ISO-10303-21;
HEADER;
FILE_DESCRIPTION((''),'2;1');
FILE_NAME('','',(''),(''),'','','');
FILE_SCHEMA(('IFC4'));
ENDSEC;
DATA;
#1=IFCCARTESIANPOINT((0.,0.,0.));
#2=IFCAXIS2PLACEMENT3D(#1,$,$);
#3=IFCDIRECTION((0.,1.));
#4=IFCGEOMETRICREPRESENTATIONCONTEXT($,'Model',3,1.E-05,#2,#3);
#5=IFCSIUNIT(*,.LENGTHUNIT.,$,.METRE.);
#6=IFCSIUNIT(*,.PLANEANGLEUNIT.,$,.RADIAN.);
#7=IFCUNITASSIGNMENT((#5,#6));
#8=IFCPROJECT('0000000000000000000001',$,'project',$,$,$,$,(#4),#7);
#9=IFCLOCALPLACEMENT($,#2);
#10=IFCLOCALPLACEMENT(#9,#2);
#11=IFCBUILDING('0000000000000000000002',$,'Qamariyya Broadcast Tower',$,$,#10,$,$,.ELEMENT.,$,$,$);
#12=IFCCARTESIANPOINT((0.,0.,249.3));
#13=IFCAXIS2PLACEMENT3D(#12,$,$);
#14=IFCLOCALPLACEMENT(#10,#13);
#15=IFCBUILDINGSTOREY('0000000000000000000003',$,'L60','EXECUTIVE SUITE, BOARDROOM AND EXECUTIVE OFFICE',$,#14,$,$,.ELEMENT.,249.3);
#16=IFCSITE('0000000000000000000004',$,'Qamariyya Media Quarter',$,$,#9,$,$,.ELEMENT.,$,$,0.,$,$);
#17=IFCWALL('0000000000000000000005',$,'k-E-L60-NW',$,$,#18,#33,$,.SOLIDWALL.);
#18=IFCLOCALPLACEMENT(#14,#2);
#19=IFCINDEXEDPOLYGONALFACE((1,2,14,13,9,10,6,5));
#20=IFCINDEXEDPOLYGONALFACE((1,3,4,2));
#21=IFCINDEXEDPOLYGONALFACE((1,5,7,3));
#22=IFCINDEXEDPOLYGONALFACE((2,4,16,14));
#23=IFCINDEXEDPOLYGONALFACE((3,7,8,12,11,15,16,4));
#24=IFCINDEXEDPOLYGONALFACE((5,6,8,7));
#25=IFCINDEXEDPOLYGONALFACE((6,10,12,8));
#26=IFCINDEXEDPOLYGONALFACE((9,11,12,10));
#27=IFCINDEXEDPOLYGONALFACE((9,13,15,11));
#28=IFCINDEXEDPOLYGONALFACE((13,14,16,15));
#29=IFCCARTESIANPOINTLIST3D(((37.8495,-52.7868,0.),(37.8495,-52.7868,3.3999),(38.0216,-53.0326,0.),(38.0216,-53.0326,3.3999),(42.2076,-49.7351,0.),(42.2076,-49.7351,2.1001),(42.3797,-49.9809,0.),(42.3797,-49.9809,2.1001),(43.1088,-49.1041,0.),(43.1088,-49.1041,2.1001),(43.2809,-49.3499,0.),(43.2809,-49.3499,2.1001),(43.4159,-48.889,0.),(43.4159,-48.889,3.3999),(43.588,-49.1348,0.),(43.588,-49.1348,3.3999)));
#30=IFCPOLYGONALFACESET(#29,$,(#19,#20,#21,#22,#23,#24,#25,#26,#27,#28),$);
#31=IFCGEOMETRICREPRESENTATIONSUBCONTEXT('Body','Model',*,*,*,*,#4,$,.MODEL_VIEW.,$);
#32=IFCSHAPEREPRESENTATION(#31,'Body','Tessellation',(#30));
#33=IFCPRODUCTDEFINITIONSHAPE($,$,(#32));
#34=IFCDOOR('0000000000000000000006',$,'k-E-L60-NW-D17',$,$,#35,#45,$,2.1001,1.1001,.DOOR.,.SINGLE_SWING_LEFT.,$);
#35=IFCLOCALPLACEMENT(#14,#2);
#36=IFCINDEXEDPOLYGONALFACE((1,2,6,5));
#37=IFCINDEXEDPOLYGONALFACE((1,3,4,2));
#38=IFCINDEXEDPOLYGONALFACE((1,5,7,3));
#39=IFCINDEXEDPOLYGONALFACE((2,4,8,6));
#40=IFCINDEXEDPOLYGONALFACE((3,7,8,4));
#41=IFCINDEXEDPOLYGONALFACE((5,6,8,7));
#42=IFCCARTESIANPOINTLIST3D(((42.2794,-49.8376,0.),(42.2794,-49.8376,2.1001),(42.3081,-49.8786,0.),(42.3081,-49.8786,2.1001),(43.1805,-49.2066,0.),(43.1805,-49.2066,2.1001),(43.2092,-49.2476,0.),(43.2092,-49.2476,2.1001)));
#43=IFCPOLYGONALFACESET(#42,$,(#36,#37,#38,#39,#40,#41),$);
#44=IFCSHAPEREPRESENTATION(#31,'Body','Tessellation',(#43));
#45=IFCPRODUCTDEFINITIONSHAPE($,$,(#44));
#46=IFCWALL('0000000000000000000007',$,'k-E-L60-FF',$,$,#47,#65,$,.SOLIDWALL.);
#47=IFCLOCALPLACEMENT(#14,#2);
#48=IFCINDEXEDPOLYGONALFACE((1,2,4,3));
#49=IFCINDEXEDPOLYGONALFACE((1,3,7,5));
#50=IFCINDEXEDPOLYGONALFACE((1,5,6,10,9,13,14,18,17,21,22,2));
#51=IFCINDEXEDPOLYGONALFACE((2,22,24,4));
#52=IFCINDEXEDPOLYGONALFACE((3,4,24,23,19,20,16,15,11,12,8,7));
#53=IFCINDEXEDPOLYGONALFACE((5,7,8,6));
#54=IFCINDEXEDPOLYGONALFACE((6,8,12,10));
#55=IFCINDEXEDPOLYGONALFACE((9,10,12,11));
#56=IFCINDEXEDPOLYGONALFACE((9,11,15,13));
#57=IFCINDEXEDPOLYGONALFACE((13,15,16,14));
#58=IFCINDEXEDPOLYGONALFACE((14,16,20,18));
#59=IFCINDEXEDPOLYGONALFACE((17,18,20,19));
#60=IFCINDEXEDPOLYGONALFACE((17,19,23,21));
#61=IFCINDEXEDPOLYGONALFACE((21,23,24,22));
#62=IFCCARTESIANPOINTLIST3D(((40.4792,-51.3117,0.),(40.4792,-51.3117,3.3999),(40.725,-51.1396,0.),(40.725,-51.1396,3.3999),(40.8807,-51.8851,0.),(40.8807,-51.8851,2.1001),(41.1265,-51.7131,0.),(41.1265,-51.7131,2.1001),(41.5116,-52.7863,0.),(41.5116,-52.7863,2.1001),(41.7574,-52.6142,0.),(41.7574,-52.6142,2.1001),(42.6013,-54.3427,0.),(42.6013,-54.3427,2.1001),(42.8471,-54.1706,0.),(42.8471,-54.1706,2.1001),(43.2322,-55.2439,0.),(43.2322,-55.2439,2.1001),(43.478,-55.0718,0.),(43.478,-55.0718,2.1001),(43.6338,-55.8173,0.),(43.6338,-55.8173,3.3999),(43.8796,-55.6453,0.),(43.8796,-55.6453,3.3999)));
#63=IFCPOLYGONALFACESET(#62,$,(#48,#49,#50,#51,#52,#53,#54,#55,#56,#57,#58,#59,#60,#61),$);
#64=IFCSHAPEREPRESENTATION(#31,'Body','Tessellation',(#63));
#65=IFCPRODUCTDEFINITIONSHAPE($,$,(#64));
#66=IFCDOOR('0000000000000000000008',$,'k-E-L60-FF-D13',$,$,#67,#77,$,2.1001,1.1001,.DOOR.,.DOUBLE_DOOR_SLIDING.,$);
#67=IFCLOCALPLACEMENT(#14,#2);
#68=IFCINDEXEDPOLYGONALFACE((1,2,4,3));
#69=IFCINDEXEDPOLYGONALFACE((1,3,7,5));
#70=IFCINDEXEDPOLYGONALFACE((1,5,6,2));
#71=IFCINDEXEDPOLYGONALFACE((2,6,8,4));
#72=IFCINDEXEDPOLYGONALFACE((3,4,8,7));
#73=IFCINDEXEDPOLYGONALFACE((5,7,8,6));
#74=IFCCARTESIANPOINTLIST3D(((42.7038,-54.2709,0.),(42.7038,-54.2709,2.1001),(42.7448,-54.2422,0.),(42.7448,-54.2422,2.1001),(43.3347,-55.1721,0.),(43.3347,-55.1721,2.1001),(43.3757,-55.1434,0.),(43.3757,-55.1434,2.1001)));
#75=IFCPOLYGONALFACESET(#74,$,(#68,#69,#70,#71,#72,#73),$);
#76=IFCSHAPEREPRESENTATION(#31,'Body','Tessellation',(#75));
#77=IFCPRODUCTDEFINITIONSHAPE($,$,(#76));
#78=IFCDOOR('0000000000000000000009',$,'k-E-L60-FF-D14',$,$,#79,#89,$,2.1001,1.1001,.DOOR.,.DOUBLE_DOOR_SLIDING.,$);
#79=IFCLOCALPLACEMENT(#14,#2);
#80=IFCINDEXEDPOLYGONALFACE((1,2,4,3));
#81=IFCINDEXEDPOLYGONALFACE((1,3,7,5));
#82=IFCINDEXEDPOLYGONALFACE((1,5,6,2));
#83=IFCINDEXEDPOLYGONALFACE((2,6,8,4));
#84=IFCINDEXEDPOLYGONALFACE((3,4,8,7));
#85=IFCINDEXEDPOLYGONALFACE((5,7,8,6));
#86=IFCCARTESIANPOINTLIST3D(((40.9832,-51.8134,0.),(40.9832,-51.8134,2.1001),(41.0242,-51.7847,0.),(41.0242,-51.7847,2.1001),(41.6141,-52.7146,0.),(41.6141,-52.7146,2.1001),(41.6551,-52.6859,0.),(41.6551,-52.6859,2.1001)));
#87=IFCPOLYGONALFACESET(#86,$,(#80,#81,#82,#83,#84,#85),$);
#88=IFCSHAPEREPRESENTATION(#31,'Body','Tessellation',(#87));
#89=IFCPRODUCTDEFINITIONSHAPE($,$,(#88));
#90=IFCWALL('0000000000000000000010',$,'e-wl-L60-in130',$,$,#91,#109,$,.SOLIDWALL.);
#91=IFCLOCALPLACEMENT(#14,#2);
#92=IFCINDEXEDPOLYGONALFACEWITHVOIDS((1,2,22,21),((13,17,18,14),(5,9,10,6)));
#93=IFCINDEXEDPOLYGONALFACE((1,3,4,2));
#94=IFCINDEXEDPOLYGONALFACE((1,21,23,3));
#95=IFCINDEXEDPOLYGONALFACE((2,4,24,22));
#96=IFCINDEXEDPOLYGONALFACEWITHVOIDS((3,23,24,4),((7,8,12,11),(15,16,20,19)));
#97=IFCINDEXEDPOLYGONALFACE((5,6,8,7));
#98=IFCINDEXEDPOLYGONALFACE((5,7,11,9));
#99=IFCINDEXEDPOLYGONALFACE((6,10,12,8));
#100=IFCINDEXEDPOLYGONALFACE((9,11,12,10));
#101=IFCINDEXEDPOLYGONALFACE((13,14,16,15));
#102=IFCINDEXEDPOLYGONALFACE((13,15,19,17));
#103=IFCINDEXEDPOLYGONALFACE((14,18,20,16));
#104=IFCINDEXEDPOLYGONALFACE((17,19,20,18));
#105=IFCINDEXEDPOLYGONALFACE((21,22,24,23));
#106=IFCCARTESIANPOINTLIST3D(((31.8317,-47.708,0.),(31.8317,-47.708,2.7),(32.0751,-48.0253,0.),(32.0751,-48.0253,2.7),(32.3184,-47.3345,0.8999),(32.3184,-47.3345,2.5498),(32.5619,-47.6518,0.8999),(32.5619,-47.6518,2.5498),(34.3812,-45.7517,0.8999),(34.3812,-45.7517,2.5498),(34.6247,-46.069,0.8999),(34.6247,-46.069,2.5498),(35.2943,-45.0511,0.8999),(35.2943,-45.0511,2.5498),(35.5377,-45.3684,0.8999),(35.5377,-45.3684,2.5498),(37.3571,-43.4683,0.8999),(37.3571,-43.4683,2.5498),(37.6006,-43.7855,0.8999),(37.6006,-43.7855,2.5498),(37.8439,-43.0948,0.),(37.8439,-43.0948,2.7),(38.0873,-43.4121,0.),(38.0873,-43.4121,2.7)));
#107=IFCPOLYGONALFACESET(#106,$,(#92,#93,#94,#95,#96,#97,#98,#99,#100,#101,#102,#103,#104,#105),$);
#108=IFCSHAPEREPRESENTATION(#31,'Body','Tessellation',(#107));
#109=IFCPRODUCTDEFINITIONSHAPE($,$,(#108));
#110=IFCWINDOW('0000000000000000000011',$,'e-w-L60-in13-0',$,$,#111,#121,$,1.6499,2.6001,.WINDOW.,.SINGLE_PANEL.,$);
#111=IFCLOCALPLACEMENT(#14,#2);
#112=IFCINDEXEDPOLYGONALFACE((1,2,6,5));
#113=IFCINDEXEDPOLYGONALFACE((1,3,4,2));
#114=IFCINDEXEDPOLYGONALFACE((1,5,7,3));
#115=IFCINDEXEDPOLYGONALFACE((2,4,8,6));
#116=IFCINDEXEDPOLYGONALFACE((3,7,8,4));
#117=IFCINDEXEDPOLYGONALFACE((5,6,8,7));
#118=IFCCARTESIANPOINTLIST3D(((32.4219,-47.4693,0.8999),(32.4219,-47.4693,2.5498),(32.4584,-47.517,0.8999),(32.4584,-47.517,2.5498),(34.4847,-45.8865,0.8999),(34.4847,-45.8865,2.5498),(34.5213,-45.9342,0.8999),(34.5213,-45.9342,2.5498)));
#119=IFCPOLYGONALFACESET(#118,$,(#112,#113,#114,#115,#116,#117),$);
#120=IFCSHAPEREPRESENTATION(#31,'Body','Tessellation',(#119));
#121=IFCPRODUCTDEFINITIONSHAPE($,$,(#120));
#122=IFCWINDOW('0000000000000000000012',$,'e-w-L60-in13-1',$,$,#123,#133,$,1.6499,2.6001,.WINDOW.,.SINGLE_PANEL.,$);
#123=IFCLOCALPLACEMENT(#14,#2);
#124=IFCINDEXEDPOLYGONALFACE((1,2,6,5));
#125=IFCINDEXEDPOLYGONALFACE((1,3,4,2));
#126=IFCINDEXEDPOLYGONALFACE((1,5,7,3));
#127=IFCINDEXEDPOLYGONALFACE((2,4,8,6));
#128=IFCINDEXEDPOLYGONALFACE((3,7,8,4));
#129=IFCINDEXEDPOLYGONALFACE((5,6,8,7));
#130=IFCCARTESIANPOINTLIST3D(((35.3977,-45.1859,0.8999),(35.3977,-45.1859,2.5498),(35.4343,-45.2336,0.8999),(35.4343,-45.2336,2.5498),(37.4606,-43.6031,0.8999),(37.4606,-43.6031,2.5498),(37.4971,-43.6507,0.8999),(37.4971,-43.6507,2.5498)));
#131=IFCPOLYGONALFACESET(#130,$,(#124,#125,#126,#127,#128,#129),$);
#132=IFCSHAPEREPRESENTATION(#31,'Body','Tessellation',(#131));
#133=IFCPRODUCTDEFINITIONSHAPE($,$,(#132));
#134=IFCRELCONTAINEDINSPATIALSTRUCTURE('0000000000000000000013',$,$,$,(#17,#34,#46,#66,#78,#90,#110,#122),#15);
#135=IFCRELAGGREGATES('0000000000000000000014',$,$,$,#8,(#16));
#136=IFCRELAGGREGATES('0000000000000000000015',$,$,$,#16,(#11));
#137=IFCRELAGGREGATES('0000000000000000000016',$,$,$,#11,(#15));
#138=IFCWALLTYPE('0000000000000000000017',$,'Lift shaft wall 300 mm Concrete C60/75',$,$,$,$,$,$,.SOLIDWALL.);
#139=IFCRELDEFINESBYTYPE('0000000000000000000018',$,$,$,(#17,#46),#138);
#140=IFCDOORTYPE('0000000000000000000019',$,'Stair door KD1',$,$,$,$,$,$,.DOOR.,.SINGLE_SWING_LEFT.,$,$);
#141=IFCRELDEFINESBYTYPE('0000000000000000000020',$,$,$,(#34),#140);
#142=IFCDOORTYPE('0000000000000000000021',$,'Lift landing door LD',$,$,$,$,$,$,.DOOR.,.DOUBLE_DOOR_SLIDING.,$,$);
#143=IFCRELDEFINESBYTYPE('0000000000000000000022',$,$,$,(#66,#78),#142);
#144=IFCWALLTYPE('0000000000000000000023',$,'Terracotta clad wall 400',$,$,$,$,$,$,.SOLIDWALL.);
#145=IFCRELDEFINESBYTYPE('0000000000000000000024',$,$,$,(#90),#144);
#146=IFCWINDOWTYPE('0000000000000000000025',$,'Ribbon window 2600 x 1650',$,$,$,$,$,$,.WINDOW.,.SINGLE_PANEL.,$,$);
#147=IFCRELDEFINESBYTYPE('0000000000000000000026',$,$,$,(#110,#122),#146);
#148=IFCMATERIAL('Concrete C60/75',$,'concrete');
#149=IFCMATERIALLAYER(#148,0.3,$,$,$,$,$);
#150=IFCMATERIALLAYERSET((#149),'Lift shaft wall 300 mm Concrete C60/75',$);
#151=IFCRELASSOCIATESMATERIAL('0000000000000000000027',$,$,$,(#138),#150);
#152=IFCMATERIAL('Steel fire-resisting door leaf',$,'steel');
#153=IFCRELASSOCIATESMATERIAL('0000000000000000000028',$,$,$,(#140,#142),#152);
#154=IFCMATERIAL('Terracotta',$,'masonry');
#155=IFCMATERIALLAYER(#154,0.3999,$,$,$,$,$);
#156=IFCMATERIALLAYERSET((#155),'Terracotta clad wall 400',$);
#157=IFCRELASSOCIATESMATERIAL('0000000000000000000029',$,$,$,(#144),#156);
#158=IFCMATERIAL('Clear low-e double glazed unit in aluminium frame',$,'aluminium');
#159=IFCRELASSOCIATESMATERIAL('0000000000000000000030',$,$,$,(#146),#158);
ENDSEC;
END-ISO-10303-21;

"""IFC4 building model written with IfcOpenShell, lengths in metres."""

from ifc_helpers import new_model, si_unit, direction, frame, frame_2d, origin, place, context, subcontext, project, spatial, rectangle, extrude, material, layer, layer_set, type_object, element, fill, save


model = new_model("IFC4")

# Units and contexts
model_context = context("Model", 3, precision=1e-05, world=origin(), true_north=direction((0.0, 1.0)))
body_context = subcontext(model_context, "Body", "Model", "MODEL_VIEW")
ifc_project = project(units=[si_unit("LENGTHUNIT", "METRE"), si_unit("PLANEANGLEUNIT", "RADIAN")], contexts=[model_context])

# Site, building, storey
site_placement = place(None, origin())
site = spatial("IfcSite", under=ifc_project, at=site_placement, Name="Qamariyya Media Quarter", CompositionType="ELEMENT", RefElevation=0.0)
building_placement = place(site_placement, origin())
building = spatial("IfcBuilding", under=site, at=building_placement, Name="Qamariyya Broadcast Tower", CompositionType="ELEMENT")
storey_placement = place(building_placement, frame((0.0, 0.0, 249.3)))
storey = spatial("IfcBuildingStorey", under=building, at=storey_placement, Name="L60", Description="EXECUTIVE SUITE, BOARDROOM AND EXECUTIVE OFFICE", CompositionType="ELEMENT", Elevation=249.3)

# Shared definitions
ifc_material_1 = material(Name="Concrete C60/75", Category="concrete")

# Wall, opening, door
ifc_layer_1 = layer(ifc_material_1, 0.3)
ifc_layer_set_1 = layer_set([ifc_layer_1], Name="Lift shaft wall 300 mm Concrete C60/75")
wall_type_1 = type_object("IfcWallType", Name="Lift shaft wall 300 mm Concrete C60/75", PredefinedType="SOLIDWALL", material=ifc_layer_set_1)
wall_1_placement = place(storey_placement, frame((37.9355, -52.9097, 0.0), z_axis=(0.0, 0.0, 1.0), x_axis=(0.819148, 0.573583, 0.0)))
wall_1 = element("IfcWall", 1, at=wall_1_placement, inside=storey, type_object=wall_type_1, Name="k-E-L60-NW", PredefinedType="SOLIDWALL", context=body_context, shape_type="SweptSolid", body=[
    extrude(rectangle(XDim=6.7954, YDim=0.3, at=frame_2d((3.3977, 0.0))), origin(), (0.0, 0.0, 1.0), 3.3999),
])
opening_1_placement = place(wall_1_placement, frame((5.3203, 0.0, 0.0)))
opening_1 = element("IfcOpeningElement", 2, at=opening_1_placement, cuts=wall_1, PredefinedType="OPENING", context=body_context, shape_type="SweptSolid", body=[
    extrude(rectangle(XDim=1.1001, YDim=2.1001, at=frame_2d((0.55, 1.05))), frame((0.0, 0.1599, 0.0), z_axis=(0.0, -1.0, 0.0), x_axis=(1.0, 0.0, 0.0)), (0.0, 0.0, 1.0), 0.3201),
])
ifc_material_2 = material(Name="Steel fire-resisting door leaf", Category="steel")
door_type_1 = type_object("IfcDoorType", Name="Stair door KD1", OperationType="SINGLE_SWING_LEFT", PredefinedType="DOOR", material=ifc_material_2)
door_1_placement = place(opening_1_placement, origin())
door_1 = element("IfcDoor", 3, at=door_1_placement, inside=storey, type_object=door_type_1, Name="k-E-L60-NW-D17", OperationType="SINGLE_SWING_LEFT", OverallHeight=2.1001, OverallWidth=1.1001, PredefinedType="DOOR", context=body_context, shape_type="SweptSolid", body=[
    extrude(rectangle(XDim=1.1001, YDim=2.1001, at=frame_2d((0.55, 1.05))), frame((0.0, 0.0249, 0.0), z_axis=(0.0, -1.0, 0.0), x_axis=(1.0, 0.0, 0.0)), (0.0, 0.0, 1.0), 0.05),
])
fill(opening_1, door_1)

# Wall, openings, doors
wall_2_placement = place(storey_placement, frame((43.7566, -55.7312, 0.0), z_axis=(0.0, 0.0, 1.0), x_axis=(-0.573537, 0.81918, 0.0)))
wall_2 = element("IfcWall", 4, at=wall_2_placement, inside=storey, type_object=wall_type_1, Name="k-E-L60-FF", PredefinedType="SOLIDWALL", context=body_context, shape_type="SweptSolid", body=[
    extrude(rectangle(XDim=5.5002, YDim=0.3, at=frame_2d((2.75, 0.0))), origin(), (0.0, 0.0, 1.0), 3.3999),
])
opening_2_placement = place(wall_2_placement, frame((0.7, 0.0, 0.0)))
opening_2 = element("IfcOpeningElement", 5, at=opening_2_placement, cuts=wall_2, PredefinedType="OPENING", context=body_context, shape_type="SweptSolid", body=[
    extrude(rectangle(XDim=1.1001, YDim=2.1001, at=frame_2d((0.55, 1.05))), frame((0.0, 0.1599, 0.0), z_axis=(0.0, -1.0, 0.0), x_axis=(1.0, 0.0, 0.0)), (0.0, 0.0, 1.0), 0.3201),
])
opening_3_placement = place(wall_2_placement, frame((3.7, 0.0, 0.0)))
opening_3 = element("IfcOpeningElement", 6, at=opening_3_placement, cuts=wall_2, PredefinedType="OPENING", context=body_context, shape_type="SweptSolid", body=[
    extrude(rectangle(XDim=1.1001, YDim=2.1001, at=frame_2d((0.55, 1.05))), frame((0.0, 0.1599, 0.0), z_axis=(0.0, -1.0, 0.0), x_axis=(1.0, 0.0, 0.0)), (0.0, 0.0, 1.0), 0.3201),
])
door_type_2 = type_object("IfcDoorType", Name="Lift landing door LD", OperationType="DOUBLE_DOOR_SLIDING", PredefinedType="DOOR", material=ifc_material_2)
door_2_placement = place(opening_2_placement, origin())
door_2 = element("IfcDoor", 7, at=door_2_placement, inside=storey, type_object=door_type_2, Name="k-E-L60-FF-D13", OperationType="DOUBLE_DOOR_SLIDING", OverallHeight=2.1001, OverallWidth=1.1001, PredefinedType="DOOR", context=body_context, shape_type="SweptSolid", body=[
    extrude(rectangle(XDim=1.1001, YDim=2.1001, at=frame_2d((0.55, 1.05))), frame((0.0, 0.0249, 0.0), z_axis=(0.0, -1.0, 0.0), x_axis=(1.0, 0.0, 0.0)), (0.0, 0.0, 1.0), 0.05),
])
fill(opening_2, door_2)
door_3_placement = place(opening_3_placement, origin())
door_3 = element("IfcDoor", 8, at=door_3_placement, inside=storey, type_object=door_type_2, Name="k-E-L60-FF-D14", OperationType="DOUBLE_DOOR_SLIDING", OverallHeight=2.1001, OverallWidth=1.1001, PredefinedType="DOOR", context=body_context, shape_type="SweptSolid", body=[
    extrude(rectangle(XDim=1.1001, YDim=2.1001, at=frame_2d((0.55, 1.05))), frame((0.0, 0.0249, 0.0), z_axis=(0.0, -1.0, 0.0), x_axis=(1.0, 0.0, 0.0)), (0.0, 0.0, 1.0), 0.05),
])
fill(opening_3, door_3)

# Wall, openings, windows
ifc_material_3 = material(Name="Terracotta", Category="masonry")
ifc_layer_2 = layer(ifc_material_3, 0.3999)
ifc_layer_set_2 = layer_set([ifc_layer_2], Name="Terracotta clad wall 400")
wall_type_2 = type_object("IfcWallType", Name="Terracotta clad wall 400", PredefinedType="SOLIDWALL", material=ifc_layer_set_2)
wall_3_placement = place(storey_placement, frame((37.9656, -43.2534, 0.0), z_axis=(0.0, 0.0, 1.0), x_axis=(-0.793356, -0.608757, 0.0)))
wall_3 = element("IfcWall", 9, at=wall_3_placement, inside=storey, type_object=wall_type_2, Name="e-wl-L60-in130", PredefinedType="SOLIDWALL", context=body_context, shape_type="SweptSolid", body=[
    extrude(rectangle(XDim=7.5781, YDim=0.3999, at=frame_2d((3.7891, 0.0))), origin(), (0.0, 0.0, 1.0), 2.7),
])
opening_4_placement = place(wall_3_placement, frame((4.3645, 0.0, 0.8999)))
opening_4 = element("IfcOpeningElement", 10, at=opening_4_placement, cuts=wall_3, PredefinedType="OPENING", context=body_context, shape_type="SweptSolid", body=[
    extrude(rectangle(XDim=2.6001, YDim=1.6499, at=frame_2d((1.3, 0.825))), frame((0.0, 0.21, 0.0), z_axis=(0.0, -1.0, 0.0), x_axis=(1.0, 0.0, 0.0)), (0.0, 0.0, 1.0), 0.4199),
])
opening_5_placement = place(wall_3_placement, frame((0.6135, 0.0, 0.8999)))
opening_5 = element("IfcOpeningElement", 11, at=opening_5_placement, cuts=wall_3, PredefinedType="OPENING", context=body_context, shape_type="SweptSolid", body=[
    extrude(rectangle(XDim=2.6001, YDim=1.6499, at=frame_2d((1.3, 0.825))), frame((0.0, 0.21, 0.0), z_axis=(0.0, -1.0, 0.0), x_axis=(1.0, 0.0, 0.0)), (0.0, 0.0, 1.0), 0.4199),
])
ifc_material_4 = material(Name="Clear low-e double glazed unit in aluminium frame", Category="aluminium")
window_type = type_object("IfcWindowType", Name="Ribbon window 2600 x 1650", PartitioningType="SINGLE_PANEL", PredefinedType="WINDOW", material=ifc_material_4)
window_1_placement = place(opening_4_placement, origin())
window_1 = element("IfcWindow", 12, at=window_1_placement, inside=storey, type_object=window_type, Name="e-w-L60-in13-0", OverallHeight=1.6499, OverallWidth=2.6001, PartitioningType="SINGLE_PANEL", PredefinedType="WINDOW", context=body_context, shape_type="SweptSolid", body=[
    extrude(rectangle(XDim=2.6001, YDim=1.6499, at=frame_2d((1.3, 0.825))), frame((0.0, 0.03, 0.0), z_axis=(0.0, -1.0, 0.0), x_axis=(1.0, 0.0, 0.0)), (0.0, 0.0, 1.0), 0.0601),
])
fill(opening_4, window_1)
window_2_placement = place(opening_5_placement, origin())
window_2 = element("IfcWindow", 13, at=window_2_placement, inside=storey, type_object=window_type, Name="e-w-L60-in13-1", OverallHeight=1.6499, OverallWidth=2.6001, PartitioningType="SINGLE_PANEL", PredefinedType="WINDOW", context=body_context, shape_type="SweptSolid", body=[
    extrude(rectangle(XDim=2.6001, YDim=1.6499, at=frame_2d((1.3, 0.825))), frame((0.0, 0.03, 0.0), z_axis=(0.0, -1.0, 0.0), x_axis=(1.0, 0.0, 0.0)), (0.0, 0.0, 1.0), 0.0601),
])
fill(opening_5, window_2)

save(model, "model.ifc")
